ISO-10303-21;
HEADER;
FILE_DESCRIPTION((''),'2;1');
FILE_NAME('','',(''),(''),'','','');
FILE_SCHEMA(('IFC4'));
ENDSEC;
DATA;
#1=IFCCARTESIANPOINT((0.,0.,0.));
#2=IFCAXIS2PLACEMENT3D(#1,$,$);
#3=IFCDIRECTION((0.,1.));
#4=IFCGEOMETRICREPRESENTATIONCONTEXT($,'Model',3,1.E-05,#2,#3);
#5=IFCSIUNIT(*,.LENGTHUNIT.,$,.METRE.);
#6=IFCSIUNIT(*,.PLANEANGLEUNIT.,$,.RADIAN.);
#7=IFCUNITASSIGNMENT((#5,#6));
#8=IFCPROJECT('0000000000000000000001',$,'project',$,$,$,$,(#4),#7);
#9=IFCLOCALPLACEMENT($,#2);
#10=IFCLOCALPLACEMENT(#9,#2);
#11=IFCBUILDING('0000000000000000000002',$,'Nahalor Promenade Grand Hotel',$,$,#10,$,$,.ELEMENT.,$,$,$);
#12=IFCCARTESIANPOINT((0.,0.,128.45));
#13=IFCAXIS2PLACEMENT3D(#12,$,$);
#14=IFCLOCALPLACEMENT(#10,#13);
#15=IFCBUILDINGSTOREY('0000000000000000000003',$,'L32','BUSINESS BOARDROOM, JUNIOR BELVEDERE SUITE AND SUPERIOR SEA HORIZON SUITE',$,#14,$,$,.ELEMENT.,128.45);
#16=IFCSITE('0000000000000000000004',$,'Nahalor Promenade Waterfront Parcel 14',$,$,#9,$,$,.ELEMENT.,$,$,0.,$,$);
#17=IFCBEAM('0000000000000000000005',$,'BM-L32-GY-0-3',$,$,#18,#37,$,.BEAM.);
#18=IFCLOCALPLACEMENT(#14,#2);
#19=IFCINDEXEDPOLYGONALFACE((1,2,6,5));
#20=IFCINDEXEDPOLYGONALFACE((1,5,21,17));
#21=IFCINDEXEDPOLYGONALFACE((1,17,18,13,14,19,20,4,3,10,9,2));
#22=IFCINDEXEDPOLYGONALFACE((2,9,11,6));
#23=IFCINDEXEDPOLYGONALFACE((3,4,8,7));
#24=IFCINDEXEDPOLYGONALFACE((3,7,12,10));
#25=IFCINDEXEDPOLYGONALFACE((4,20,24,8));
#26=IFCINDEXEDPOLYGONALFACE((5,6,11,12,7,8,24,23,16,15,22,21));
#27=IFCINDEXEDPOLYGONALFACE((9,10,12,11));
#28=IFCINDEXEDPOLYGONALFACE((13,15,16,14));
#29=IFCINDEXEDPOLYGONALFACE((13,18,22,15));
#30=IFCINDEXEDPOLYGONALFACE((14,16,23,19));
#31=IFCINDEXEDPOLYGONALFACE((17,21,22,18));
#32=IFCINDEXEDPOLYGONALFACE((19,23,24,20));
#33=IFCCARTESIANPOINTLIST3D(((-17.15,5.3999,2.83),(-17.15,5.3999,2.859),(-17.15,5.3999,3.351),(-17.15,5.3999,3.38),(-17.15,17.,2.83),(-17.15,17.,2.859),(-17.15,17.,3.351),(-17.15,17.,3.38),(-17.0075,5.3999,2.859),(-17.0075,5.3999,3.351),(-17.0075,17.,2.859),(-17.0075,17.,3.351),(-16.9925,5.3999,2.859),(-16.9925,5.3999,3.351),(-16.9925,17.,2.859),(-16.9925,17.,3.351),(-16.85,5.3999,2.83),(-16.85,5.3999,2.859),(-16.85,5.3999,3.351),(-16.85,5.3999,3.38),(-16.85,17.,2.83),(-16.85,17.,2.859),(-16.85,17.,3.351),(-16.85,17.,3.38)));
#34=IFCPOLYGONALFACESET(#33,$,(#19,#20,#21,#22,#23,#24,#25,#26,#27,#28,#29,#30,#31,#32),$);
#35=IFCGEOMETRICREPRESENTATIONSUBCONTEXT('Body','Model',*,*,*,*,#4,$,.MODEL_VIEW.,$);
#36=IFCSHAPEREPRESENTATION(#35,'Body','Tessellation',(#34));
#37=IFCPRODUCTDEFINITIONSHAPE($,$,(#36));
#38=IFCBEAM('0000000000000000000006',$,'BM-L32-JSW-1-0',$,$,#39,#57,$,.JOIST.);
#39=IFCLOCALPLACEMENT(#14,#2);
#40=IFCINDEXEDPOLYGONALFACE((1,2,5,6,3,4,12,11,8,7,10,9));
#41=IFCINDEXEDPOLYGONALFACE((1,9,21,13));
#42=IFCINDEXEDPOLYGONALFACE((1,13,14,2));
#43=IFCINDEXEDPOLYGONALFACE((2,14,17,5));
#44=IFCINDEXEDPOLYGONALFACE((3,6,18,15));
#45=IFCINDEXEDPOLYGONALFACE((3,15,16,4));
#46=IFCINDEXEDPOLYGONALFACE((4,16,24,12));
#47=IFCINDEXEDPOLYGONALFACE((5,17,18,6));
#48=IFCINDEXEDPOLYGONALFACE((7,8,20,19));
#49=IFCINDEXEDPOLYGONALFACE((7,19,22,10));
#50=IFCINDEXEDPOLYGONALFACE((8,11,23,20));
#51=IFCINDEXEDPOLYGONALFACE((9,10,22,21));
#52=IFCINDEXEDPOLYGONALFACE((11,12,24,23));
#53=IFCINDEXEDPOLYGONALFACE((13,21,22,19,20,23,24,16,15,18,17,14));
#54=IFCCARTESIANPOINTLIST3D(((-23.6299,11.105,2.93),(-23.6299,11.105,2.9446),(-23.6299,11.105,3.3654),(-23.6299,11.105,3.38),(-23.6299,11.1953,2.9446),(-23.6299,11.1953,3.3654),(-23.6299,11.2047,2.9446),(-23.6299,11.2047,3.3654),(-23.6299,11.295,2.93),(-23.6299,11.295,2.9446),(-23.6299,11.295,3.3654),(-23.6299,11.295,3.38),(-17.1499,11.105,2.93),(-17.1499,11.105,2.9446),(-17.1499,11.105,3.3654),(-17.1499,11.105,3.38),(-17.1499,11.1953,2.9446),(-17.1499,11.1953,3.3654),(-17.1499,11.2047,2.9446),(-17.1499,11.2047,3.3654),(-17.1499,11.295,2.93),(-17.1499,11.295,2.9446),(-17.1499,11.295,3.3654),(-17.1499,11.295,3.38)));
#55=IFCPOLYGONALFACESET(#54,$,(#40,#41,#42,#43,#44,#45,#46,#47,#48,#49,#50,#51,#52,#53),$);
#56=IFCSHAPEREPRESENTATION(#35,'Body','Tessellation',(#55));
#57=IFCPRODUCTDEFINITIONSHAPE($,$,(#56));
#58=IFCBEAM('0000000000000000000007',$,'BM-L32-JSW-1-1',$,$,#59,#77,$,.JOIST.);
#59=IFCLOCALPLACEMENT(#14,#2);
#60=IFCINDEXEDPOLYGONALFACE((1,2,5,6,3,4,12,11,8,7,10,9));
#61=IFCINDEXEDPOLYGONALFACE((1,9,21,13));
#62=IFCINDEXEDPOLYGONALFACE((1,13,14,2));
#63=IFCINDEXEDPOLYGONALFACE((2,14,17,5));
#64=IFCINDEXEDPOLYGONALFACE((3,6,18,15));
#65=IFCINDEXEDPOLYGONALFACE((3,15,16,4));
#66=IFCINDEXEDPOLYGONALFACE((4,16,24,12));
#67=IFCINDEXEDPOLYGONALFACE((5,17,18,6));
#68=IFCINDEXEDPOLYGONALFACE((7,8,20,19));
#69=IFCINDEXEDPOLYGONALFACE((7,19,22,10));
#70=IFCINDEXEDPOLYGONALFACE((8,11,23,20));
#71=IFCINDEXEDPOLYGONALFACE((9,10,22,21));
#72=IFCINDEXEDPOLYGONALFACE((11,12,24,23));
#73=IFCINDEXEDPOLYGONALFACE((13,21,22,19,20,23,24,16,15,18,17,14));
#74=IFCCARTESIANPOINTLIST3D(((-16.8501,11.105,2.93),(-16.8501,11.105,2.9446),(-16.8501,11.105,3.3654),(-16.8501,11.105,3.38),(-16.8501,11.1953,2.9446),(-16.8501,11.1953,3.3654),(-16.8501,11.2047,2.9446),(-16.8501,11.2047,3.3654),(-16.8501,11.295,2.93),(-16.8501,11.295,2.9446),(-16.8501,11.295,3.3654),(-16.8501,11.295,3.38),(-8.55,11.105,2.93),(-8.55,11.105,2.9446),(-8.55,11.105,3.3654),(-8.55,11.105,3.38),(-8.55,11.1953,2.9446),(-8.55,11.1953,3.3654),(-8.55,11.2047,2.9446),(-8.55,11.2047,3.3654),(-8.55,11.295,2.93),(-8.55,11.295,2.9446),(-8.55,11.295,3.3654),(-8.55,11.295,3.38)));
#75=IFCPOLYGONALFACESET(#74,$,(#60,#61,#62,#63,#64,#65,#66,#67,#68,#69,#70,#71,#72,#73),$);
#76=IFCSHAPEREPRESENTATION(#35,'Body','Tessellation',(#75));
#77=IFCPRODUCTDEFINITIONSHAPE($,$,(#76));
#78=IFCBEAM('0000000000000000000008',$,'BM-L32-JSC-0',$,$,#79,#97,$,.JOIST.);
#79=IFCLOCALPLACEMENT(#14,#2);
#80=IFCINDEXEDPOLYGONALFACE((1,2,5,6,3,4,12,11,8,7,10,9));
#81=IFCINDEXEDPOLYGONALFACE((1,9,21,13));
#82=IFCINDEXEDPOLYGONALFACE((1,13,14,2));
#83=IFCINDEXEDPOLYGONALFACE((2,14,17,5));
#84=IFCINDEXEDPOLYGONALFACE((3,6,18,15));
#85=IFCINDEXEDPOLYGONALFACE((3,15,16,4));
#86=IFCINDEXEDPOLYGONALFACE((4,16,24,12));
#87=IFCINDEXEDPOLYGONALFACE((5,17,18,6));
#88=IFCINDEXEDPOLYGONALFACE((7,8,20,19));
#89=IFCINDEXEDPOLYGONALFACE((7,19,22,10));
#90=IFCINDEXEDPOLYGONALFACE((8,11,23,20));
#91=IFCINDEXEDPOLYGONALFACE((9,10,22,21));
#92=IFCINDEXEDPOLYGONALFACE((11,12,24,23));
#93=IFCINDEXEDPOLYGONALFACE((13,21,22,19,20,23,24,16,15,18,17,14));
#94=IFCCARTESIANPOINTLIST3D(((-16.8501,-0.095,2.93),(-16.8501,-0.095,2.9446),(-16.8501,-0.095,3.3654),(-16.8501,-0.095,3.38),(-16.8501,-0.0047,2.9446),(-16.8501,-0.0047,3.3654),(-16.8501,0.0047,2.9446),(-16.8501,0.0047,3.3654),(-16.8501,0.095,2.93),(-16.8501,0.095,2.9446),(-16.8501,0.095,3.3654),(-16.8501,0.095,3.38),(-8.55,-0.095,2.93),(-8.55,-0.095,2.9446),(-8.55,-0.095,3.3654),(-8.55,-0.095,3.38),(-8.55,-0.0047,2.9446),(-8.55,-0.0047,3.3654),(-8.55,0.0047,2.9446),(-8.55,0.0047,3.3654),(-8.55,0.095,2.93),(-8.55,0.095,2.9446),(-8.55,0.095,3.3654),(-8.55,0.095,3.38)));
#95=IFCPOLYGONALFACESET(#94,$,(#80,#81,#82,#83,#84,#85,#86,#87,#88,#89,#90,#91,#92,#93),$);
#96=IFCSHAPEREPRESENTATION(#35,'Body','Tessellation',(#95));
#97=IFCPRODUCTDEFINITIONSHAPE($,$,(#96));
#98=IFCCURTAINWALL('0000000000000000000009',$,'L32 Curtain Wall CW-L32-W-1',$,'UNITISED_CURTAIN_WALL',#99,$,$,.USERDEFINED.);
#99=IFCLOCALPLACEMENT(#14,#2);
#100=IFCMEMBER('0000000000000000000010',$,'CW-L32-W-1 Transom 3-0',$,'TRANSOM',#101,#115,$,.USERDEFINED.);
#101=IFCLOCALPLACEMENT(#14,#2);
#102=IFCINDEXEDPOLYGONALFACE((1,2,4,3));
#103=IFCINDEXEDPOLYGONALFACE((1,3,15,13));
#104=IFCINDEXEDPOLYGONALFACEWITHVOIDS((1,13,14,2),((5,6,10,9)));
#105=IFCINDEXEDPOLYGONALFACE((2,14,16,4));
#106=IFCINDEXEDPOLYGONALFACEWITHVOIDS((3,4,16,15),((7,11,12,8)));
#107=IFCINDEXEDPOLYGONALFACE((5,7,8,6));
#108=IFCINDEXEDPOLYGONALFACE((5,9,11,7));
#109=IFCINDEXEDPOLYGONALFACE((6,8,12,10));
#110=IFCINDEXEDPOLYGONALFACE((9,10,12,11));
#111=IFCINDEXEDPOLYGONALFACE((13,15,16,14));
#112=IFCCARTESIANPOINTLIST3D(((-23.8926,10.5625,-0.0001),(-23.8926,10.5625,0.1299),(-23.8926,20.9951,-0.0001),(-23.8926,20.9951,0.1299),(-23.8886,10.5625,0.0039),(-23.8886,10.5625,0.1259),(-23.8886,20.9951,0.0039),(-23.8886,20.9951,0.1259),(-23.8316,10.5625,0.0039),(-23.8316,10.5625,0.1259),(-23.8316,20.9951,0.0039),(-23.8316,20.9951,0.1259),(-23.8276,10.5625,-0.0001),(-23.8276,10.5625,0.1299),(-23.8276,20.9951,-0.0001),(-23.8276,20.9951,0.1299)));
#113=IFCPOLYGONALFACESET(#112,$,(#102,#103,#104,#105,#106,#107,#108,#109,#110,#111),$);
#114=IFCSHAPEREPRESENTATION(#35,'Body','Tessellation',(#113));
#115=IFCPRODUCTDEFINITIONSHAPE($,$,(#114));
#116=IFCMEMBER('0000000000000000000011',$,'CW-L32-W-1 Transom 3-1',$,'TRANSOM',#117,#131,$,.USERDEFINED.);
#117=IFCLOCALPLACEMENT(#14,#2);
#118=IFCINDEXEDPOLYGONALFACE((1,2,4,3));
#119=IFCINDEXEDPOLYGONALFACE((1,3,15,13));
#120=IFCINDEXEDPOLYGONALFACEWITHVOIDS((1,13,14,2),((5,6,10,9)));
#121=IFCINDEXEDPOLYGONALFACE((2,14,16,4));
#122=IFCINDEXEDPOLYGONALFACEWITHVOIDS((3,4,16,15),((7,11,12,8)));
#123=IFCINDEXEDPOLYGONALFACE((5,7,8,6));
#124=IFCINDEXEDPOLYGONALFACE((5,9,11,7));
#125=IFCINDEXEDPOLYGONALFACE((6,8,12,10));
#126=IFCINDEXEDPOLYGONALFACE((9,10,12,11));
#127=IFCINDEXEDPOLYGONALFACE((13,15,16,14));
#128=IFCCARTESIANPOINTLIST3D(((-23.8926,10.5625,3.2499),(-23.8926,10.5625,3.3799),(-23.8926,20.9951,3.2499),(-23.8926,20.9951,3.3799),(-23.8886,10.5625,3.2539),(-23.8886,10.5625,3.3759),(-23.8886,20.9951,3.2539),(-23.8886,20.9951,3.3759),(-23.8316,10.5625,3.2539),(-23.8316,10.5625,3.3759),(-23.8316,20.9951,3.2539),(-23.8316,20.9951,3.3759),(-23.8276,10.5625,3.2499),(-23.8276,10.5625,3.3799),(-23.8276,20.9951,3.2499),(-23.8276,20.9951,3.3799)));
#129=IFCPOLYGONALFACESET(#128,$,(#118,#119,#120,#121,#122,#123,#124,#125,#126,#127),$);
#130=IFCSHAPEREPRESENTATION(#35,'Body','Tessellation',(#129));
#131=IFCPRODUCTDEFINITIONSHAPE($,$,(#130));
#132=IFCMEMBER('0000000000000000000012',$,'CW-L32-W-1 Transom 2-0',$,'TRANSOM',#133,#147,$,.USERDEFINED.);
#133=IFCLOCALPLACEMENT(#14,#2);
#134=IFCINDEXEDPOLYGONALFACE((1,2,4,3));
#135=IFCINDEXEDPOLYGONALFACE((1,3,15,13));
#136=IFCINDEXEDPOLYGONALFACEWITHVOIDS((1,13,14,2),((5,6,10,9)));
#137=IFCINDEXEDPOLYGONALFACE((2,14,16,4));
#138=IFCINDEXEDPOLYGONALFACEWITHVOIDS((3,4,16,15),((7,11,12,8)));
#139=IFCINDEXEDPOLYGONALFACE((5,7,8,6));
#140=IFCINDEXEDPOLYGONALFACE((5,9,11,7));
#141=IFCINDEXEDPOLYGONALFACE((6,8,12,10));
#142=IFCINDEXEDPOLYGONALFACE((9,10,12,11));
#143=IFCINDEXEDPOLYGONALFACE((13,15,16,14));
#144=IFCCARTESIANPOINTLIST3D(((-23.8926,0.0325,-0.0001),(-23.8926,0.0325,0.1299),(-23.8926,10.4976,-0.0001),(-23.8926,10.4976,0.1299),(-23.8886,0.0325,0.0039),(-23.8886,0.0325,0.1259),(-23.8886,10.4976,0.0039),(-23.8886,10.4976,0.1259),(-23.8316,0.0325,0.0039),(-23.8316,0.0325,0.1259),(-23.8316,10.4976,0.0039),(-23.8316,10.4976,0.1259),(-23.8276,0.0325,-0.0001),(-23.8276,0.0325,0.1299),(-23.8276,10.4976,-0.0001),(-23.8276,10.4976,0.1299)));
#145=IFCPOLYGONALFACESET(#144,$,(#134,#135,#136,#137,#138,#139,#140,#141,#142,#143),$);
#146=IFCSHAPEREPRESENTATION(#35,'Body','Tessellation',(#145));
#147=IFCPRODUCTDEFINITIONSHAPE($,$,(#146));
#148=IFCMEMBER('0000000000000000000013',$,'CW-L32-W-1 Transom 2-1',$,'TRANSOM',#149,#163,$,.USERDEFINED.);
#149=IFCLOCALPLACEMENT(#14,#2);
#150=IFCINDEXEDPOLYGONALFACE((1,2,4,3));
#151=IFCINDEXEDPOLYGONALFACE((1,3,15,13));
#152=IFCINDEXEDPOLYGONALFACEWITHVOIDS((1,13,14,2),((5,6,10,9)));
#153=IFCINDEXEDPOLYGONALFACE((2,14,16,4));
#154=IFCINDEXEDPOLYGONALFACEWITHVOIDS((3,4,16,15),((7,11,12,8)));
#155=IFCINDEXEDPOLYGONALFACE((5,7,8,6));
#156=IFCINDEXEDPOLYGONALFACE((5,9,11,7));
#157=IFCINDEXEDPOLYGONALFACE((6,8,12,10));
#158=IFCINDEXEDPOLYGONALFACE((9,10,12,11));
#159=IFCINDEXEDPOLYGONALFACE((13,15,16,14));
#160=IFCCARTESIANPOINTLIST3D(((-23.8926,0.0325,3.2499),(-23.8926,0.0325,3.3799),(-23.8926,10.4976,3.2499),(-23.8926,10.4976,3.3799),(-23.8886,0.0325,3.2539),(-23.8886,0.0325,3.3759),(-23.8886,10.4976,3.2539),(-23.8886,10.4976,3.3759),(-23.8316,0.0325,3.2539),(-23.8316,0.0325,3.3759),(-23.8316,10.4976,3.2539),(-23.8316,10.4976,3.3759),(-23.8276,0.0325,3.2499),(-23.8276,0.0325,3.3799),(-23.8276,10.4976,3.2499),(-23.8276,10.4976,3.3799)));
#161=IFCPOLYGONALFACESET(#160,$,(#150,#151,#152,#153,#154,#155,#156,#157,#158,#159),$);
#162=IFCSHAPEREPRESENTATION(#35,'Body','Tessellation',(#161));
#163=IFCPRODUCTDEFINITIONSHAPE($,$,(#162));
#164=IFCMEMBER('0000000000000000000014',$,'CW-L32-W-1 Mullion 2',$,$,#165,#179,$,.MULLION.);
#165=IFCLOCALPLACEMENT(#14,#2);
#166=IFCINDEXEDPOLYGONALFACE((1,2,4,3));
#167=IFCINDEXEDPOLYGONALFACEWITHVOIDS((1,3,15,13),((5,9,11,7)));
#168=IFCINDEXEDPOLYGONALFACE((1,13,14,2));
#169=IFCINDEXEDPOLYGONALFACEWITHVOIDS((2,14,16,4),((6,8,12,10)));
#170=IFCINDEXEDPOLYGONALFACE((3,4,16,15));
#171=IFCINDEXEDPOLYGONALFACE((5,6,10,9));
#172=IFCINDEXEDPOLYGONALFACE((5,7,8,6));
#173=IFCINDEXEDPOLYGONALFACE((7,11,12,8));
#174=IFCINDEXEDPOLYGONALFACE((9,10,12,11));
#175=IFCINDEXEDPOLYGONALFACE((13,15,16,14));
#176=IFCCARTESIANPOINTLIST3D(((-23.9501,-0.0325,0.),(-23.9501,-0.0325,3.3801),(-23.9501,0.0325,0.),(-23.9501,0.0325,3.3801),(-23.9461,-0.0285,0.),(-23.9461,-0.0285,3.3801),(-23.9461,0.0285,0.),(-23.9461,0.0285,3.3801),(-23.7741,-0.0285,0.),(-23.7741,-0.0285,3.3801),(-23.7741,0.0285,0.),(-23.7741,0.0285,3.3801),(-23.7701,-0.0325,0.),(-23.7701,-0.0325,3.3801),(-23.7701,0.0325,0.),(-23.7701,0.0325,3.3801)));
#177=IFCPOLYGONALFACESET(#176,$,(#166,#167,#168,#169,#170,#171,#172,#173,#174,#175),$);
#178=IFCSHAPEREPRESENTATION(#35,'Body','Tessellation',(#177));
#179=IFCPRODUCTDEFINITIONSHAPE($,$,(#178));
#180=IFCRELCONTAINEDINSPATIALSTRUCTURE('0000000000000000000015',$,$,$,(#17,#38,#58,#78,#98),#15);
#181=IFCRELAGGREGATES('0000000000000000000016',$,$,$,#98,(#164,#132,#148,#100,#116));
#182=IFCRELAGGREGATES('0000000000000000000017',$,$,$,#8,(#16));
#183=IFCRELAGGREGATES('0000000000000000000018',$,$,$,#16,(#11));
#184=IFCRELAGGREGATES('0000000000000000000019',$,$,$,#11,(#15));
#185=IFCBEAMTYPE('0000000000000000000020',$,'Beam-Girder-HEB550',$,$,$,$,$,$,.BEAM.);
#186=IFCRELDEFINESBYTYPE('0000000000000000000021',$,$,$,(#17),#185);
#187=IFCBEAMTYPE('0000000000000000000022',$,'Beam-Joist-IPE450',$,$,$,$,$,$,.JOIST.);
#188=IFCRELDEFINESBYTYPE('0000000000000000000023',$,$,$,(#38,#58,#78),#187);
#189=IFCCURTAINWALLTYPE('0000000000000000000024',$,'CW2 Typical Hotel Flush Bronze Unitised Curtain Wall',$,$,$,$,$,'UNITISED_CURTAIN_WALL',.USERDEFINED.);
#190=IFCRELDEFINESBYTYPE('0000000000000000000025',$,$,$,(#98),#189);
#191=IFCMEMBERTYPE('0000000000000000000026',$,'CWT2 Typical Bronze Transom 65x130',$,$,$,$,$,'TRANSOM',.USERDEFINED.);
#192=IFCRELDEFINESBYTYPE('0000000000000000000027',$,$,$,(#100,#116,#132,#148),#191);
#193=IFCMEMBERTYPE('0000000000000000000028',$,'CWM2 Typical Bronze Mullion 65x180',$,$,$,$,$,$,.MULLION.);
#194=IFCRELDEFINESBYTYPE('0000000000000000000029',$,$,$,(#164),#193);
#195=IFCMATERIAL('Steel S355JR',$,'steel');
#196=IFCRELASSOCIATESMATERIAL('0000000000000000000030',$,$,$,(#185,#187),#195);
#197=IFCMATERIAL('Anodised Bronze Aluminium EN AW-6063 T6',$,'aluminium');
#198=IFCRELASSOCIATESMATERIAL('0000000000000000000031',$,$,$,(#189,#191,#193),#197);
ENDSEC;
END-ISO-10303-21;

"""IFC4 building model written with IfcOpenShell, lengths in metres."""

from ifc_helpers import new_model, si_unit, direction, frame, origin, origin_2d, place, context, subcontext, project, spatial, hollow_rectangle, i_section, extrude, source, transform, mapped, material, material_profile, profile_set, type_object, element, aggregate, save


model = new_model("IFC4")

# Units and contexts
model_context = context("Model", 3, precision=1e-05, world=origin(), true_north=direction((0.0, 1.0)))
body_context = subcontext(model_context, "Body", "Model", "MODEL_VIEW")
ifc_project = project(units=[si_unit("LENGTHUNIT", "METRE"), si_unit("PLANEANGLEUNIT", "RADIAN")], contexts=[model_context])

# Site, building, storey
site_placement = place(None, origin())
site = spatial("IfcSite", under=ifc_project, at=site_placement, Name="Nahalor Promenade Waterfront Parcel 14", CompositionType="ELEMENT", RefElevation=0.0)
building_placement = place(site_placement, origin())
building = spatial("IfcBuilding", under=site, at=building_placement, Name="Nahalor Promenade Grand Hotel", CompositionType="ELEMENT")
storey_placement = place(building_placement, frame((0.0, 0.0, 128.45)))
storey = spatial("IfcBuildingStorey", under=building, at=storey_placement, Name="L32", Description="BUSINESS BOARDROOM, JUNIOR BELVEDERE SUITE AND SUPERIOR SEA HORIZON SUITE", CompositionType="ELEMENT", Elevation=128.45)

# Beams
ifc_material_1 = material(Name="Steel S355JR", Category="steel")
ifc_material_profile_1 = material_profile(ifc_material_1, i_section(OverallWidth=0.3, OverallDepth=0.55, WebThickness=0.015, FlangeThickness=0.029, at=origin_2d()), Name="HEB 550")
ifc_profile_set_1 = profile_set([ifc_material_profile_1], Name="Steel S355JR")
beam_type_1 = type_object("IfcBeamType", Name="Beam-Girder-HEB550", PredefinedType="BEAM", material=ifc_profile_set_1)
shared_shape_1 = source(origin(), body_context, "Body", "SweptSolid", [
    extrude(i_section(OverallWidth=0.3, OverallDepth=0.55, WebThickness=0.015, FlangeThickness=0.029, at=origin_2d()), origin(), (0.0, 0.0, 1.0), 11.6001),
])
beam_1_placement = place(storey_placement, frame((-17.0, 5.3999, 3.105), z_axis=(0.0, 1.0, 0.0), x_axis=(-1.0, 0.0, 0.0)))
element("IfcBeam", 1, at=beam_1_placement, inside=storey, type_object=beam_type_1, Name="BM-L32-GY-0-3", PredefinedType="BEAM", context=body_context, shape_type="MappedRepresentation", body=[
    mapped(shared_shape_1, transform((0.0, 0.0, 0.0), scale=1.0)),
])
ifc_material_profile_2 = material_profile(ifc_material_1, i_section(OverallWidth=0.19, OverallDepth=0.45, WebThickness=0.0094, FlangeThickness=0.0146, at=origin_2d()), Name="IPE 450")
ifc_profile_set_2 = profile_set([ifc_material_profile_2], Name="Steel S355JR")
beam_type_2 = type_object("IfcBeamType", Name="Beam-Joist-IPE450", PredefinedType="JOIST", material=ifc_profile_set_2)
shared_shape_2 = source(origin(), body_context, "Body", "SweptSolid", [
    extrude(i_section(OverallWidth=0.19, OverallDepth=0.45, WebThickness=0.0094, FlangeThickness=0.0146, at=origin_2d()), origin(), (0.0, 0.0, 1.0), 6.48),
])
beam_2_placement = place(storey_placement, frame((-23.6299, 11.2, 3.155), z_axis=(1.0, 0.0, 0.0), x_axis=(0.0, 1.0, 0.0)))
element("IfcBeam", 2, at=beam_2_placement, inside=storey, type_object=beam_type_2, Name="BM-L32-JSW-1-0", PredefinedType="JOIST", context=body_context, shape_type="MappedRepresentation", body=[
    mapped(shared_shape_2, transform((0.0, 0.0, 0.0), scale=1.0)),
])
shared_shape_3 = source(origin(), body_context, "Body", "SweptSolid", [
    extrude(i_section(OverallWidth=0.19, OverallDepth=0.45, WebThickness=0.0094, FlangeThickness=0.0146, at=origin_2d()), origin(), (0.0, 0.0, 1.0), 8.3),
])
for number, where, z_axis, x_axis, name in (
    (3, (-16.8501, 11.2, 3.155), (1.0, 0.0, 0.0), (0.0, 1.0, 0.0), "BM-L32-JSW-1-1"),
    (4, (-16.8501, 0.0, 3.155), (1.0, 0.0, 0.0), (0.0, 1.0, 0.0), "BM-L32-JSC-0"),
):
    element("IfcBeam", number, at=place(storey_placement, frame(where, z_axis=z_axis, x_axis=x_axis)), inside=storey, type_object=beam_type_2, Name=name, PredefinedType="JOIST", context=body_context, shape_type="MappedRepresentation", body=[
        mapped(shared_shape_3, transform((0.0, 0.0, 0.0), scale=1.0)),
    ])

# Curtain wall, members
ifc_material_2 = material(Name="Anodised Bronze Aluminium EN AW-6063 T6", Category="aluminium")
curtain_wall_type = type_object("IfcCurtainWallType", Name="CW2 Typical Hotel Flush Bronze Unitised Curtain Wall", ElementType="UNITISED_CURTAIN_WALL", PredefinedType="USERDEFINED", material=ifc_material_2)
curtain_wall_placement = place(storey_placement, origin())
curtain_wall = element("IfcCurtainWall", 5, at=curtain_wall_placement, inside=storey, type_object=curtain_wall_type, Name="L32 Curtain Wall CW-L32-W-1", ObjectType="UNITISED_CURTAIN_WALL", PredefinedType="USERDEFINED")
ifc_material_profile_3 = material_profile(ifc_material_2, hollow_rectangle(XDim=0.065, YDim=0.13, WallThickness=0.004, at=origin_2d()), Name="CWT 65x130x4")
ifc_profile_set_3 = profile_set([ifc_material_profile_3], Name="Anodised Bronze Aluminium EN AW-6063 T6")
member_type_1 = type_object("IfcMemberType", Name="CWT2 Typical Bronze Transom 65x130", ElementType="TRANSOM", PredefinedType="USERDEFINED", material=ifc_profile_set_3)
shared_shape_4 = source(origin(), body_context, "Body", "SweptSolid", [
    extrude(hollow_rectangle(XDim=0.065, YDim=0.13, WallThickness=0.004, at=origin_2d()), origin(), (0.0, 0.0, 1.0), 10.4326),
])
member_1_placement = place(storey_placement, frame((-23.8601, 10.5625, 0.0649), z_axis=(0.0, 1.0, 0.0), x_axis=(-1.0, 0.0, 0.0)))
member_1 = element("IfcMember", 6, at=member_1_placement, type_object=member_type_1, Name="CW-L32-W-1 Transom 3-0", ObjectType="TRANSOM", PredefinedType="USERDEFINED", context=body_context, shape_type="MappedRepresentation", body=[
    mapped(shared_shape_4, transform((0.0, 0.0, 0.0), scale=1.0)),
])
member_2_placement = place(storey_placement, frame((-23.8601, 10.5625, 3.3149), z_axis=(0.0, 1.0, 0.0), x_axis=(-1.0, 0.0, 0.0)))
member_2 = element("IfcMember", 7, at=member_2_placement, type_object=member_type_1, Name="CW-L32-W-1 Transom 3-1", ObjectType="TRANSOM", PredefinedType="USERDEFINED", context=body_context, shape_type="MappedRepresentation", body=[
    mapped(shared_shape_4, transform((0.0, 0.0, 0.0), scale=1.0)),
])
shared_shape_5 = source(origin(), body_context, "Body", "SweptSolid", [
    extrude(hollow_rectangle(XDim=0.065, YDim=0.13, WallThickness=0.004, at=origin_2d()), origin(), (0.0, 0.0, 1.0), 10.4651),
])
member_3_placement = place(storey_placement, frame((-23.8601, 0.0325, 0.0649), z_axis=(0.0, 1.0, 0.0), x_axis=(-1.0, 0.0, 0.0)))
member_3 = element("IfcMember", 8, at=member_3_placement, type_object=member_type_1, Name="CW-L32-W-1 Transom 2-0", ObjectType="TRANSOM", PredefinedType="USERDEFINED", context=body_context, shape_type="MappedRepresentation", body=[
    mapped(shared_shape_5, transform((0.0, 0.0, 0.0), scale=1.0)),
])
member_4_placement = place(storey_placement, frame((-23.8601, 0.0325, 3.3149), z_axis=(0.0, 1.0, 0.0), x_axis=(-1.0, 0.0, 0.0)))
member_4 = element("IfcMember", 9, at=member_4_placement, type_object=member_type_1, Name="CW-L32-W-1 Transom 2-1", ObjectType="TRANSOM", PredefinedType="USERDEFINED", context=body_context, shape_type="MappedRepresentation", body=[
    mapped(shared_shape_5, transform((0.0, 0.0, 0.0), scale=1.0)),
])
ifc_material_profile_4 = material_profile(ifc_material_2, hollow_rectangle(XDim=0.065, YDim=0.18, WallThickness=0.004, at=origin_2d()), Name="CWM 65x180x4")
ifc_profile_set_4 = profile_set([ifc_material_profile_4], Name="Anodised Bronze Aluminium EN AW-6063 T6")
member_type_2 = type_object("IfcMemberType", Name="CWM2 Typical Bronze Mullion 65x180", PredefinedType="MULLION", material=ifc_profile_set_4)
shared_shape_6 = source(origin(), body_context, "Body", "SweptSolid", [
    extrude(hollow_rectangle(XDim=0.065, YDim=0.18, WallThickness=0.004, at=origin_2d()), origin(), (0.0, 0.0, 1.0), 3.3801),
])
member_5_placement = place(storey_placement, frame((-23.8601, 0.0, 0.0), z_axis=(0.0, 0.0, 1.0), x_axis=(0.0, 1.0, 0.0)))
member_5 = element("IfcMember", 10, at=member_5_placement, type_object=member_type_2, Name="CW-L32-W-1 Mullion 2", PredefinedType="MULLION", context=body_context, shape_type="MappedRepresentation", body=[
    mapped(shared_shape_6, transform((0.0, 0.0, 0.0), scale=1.0)),
])
aggregate(curtain_wall, [member_5, member_3, member_4, member_1, member_2])

save(model, "model.ifc")
